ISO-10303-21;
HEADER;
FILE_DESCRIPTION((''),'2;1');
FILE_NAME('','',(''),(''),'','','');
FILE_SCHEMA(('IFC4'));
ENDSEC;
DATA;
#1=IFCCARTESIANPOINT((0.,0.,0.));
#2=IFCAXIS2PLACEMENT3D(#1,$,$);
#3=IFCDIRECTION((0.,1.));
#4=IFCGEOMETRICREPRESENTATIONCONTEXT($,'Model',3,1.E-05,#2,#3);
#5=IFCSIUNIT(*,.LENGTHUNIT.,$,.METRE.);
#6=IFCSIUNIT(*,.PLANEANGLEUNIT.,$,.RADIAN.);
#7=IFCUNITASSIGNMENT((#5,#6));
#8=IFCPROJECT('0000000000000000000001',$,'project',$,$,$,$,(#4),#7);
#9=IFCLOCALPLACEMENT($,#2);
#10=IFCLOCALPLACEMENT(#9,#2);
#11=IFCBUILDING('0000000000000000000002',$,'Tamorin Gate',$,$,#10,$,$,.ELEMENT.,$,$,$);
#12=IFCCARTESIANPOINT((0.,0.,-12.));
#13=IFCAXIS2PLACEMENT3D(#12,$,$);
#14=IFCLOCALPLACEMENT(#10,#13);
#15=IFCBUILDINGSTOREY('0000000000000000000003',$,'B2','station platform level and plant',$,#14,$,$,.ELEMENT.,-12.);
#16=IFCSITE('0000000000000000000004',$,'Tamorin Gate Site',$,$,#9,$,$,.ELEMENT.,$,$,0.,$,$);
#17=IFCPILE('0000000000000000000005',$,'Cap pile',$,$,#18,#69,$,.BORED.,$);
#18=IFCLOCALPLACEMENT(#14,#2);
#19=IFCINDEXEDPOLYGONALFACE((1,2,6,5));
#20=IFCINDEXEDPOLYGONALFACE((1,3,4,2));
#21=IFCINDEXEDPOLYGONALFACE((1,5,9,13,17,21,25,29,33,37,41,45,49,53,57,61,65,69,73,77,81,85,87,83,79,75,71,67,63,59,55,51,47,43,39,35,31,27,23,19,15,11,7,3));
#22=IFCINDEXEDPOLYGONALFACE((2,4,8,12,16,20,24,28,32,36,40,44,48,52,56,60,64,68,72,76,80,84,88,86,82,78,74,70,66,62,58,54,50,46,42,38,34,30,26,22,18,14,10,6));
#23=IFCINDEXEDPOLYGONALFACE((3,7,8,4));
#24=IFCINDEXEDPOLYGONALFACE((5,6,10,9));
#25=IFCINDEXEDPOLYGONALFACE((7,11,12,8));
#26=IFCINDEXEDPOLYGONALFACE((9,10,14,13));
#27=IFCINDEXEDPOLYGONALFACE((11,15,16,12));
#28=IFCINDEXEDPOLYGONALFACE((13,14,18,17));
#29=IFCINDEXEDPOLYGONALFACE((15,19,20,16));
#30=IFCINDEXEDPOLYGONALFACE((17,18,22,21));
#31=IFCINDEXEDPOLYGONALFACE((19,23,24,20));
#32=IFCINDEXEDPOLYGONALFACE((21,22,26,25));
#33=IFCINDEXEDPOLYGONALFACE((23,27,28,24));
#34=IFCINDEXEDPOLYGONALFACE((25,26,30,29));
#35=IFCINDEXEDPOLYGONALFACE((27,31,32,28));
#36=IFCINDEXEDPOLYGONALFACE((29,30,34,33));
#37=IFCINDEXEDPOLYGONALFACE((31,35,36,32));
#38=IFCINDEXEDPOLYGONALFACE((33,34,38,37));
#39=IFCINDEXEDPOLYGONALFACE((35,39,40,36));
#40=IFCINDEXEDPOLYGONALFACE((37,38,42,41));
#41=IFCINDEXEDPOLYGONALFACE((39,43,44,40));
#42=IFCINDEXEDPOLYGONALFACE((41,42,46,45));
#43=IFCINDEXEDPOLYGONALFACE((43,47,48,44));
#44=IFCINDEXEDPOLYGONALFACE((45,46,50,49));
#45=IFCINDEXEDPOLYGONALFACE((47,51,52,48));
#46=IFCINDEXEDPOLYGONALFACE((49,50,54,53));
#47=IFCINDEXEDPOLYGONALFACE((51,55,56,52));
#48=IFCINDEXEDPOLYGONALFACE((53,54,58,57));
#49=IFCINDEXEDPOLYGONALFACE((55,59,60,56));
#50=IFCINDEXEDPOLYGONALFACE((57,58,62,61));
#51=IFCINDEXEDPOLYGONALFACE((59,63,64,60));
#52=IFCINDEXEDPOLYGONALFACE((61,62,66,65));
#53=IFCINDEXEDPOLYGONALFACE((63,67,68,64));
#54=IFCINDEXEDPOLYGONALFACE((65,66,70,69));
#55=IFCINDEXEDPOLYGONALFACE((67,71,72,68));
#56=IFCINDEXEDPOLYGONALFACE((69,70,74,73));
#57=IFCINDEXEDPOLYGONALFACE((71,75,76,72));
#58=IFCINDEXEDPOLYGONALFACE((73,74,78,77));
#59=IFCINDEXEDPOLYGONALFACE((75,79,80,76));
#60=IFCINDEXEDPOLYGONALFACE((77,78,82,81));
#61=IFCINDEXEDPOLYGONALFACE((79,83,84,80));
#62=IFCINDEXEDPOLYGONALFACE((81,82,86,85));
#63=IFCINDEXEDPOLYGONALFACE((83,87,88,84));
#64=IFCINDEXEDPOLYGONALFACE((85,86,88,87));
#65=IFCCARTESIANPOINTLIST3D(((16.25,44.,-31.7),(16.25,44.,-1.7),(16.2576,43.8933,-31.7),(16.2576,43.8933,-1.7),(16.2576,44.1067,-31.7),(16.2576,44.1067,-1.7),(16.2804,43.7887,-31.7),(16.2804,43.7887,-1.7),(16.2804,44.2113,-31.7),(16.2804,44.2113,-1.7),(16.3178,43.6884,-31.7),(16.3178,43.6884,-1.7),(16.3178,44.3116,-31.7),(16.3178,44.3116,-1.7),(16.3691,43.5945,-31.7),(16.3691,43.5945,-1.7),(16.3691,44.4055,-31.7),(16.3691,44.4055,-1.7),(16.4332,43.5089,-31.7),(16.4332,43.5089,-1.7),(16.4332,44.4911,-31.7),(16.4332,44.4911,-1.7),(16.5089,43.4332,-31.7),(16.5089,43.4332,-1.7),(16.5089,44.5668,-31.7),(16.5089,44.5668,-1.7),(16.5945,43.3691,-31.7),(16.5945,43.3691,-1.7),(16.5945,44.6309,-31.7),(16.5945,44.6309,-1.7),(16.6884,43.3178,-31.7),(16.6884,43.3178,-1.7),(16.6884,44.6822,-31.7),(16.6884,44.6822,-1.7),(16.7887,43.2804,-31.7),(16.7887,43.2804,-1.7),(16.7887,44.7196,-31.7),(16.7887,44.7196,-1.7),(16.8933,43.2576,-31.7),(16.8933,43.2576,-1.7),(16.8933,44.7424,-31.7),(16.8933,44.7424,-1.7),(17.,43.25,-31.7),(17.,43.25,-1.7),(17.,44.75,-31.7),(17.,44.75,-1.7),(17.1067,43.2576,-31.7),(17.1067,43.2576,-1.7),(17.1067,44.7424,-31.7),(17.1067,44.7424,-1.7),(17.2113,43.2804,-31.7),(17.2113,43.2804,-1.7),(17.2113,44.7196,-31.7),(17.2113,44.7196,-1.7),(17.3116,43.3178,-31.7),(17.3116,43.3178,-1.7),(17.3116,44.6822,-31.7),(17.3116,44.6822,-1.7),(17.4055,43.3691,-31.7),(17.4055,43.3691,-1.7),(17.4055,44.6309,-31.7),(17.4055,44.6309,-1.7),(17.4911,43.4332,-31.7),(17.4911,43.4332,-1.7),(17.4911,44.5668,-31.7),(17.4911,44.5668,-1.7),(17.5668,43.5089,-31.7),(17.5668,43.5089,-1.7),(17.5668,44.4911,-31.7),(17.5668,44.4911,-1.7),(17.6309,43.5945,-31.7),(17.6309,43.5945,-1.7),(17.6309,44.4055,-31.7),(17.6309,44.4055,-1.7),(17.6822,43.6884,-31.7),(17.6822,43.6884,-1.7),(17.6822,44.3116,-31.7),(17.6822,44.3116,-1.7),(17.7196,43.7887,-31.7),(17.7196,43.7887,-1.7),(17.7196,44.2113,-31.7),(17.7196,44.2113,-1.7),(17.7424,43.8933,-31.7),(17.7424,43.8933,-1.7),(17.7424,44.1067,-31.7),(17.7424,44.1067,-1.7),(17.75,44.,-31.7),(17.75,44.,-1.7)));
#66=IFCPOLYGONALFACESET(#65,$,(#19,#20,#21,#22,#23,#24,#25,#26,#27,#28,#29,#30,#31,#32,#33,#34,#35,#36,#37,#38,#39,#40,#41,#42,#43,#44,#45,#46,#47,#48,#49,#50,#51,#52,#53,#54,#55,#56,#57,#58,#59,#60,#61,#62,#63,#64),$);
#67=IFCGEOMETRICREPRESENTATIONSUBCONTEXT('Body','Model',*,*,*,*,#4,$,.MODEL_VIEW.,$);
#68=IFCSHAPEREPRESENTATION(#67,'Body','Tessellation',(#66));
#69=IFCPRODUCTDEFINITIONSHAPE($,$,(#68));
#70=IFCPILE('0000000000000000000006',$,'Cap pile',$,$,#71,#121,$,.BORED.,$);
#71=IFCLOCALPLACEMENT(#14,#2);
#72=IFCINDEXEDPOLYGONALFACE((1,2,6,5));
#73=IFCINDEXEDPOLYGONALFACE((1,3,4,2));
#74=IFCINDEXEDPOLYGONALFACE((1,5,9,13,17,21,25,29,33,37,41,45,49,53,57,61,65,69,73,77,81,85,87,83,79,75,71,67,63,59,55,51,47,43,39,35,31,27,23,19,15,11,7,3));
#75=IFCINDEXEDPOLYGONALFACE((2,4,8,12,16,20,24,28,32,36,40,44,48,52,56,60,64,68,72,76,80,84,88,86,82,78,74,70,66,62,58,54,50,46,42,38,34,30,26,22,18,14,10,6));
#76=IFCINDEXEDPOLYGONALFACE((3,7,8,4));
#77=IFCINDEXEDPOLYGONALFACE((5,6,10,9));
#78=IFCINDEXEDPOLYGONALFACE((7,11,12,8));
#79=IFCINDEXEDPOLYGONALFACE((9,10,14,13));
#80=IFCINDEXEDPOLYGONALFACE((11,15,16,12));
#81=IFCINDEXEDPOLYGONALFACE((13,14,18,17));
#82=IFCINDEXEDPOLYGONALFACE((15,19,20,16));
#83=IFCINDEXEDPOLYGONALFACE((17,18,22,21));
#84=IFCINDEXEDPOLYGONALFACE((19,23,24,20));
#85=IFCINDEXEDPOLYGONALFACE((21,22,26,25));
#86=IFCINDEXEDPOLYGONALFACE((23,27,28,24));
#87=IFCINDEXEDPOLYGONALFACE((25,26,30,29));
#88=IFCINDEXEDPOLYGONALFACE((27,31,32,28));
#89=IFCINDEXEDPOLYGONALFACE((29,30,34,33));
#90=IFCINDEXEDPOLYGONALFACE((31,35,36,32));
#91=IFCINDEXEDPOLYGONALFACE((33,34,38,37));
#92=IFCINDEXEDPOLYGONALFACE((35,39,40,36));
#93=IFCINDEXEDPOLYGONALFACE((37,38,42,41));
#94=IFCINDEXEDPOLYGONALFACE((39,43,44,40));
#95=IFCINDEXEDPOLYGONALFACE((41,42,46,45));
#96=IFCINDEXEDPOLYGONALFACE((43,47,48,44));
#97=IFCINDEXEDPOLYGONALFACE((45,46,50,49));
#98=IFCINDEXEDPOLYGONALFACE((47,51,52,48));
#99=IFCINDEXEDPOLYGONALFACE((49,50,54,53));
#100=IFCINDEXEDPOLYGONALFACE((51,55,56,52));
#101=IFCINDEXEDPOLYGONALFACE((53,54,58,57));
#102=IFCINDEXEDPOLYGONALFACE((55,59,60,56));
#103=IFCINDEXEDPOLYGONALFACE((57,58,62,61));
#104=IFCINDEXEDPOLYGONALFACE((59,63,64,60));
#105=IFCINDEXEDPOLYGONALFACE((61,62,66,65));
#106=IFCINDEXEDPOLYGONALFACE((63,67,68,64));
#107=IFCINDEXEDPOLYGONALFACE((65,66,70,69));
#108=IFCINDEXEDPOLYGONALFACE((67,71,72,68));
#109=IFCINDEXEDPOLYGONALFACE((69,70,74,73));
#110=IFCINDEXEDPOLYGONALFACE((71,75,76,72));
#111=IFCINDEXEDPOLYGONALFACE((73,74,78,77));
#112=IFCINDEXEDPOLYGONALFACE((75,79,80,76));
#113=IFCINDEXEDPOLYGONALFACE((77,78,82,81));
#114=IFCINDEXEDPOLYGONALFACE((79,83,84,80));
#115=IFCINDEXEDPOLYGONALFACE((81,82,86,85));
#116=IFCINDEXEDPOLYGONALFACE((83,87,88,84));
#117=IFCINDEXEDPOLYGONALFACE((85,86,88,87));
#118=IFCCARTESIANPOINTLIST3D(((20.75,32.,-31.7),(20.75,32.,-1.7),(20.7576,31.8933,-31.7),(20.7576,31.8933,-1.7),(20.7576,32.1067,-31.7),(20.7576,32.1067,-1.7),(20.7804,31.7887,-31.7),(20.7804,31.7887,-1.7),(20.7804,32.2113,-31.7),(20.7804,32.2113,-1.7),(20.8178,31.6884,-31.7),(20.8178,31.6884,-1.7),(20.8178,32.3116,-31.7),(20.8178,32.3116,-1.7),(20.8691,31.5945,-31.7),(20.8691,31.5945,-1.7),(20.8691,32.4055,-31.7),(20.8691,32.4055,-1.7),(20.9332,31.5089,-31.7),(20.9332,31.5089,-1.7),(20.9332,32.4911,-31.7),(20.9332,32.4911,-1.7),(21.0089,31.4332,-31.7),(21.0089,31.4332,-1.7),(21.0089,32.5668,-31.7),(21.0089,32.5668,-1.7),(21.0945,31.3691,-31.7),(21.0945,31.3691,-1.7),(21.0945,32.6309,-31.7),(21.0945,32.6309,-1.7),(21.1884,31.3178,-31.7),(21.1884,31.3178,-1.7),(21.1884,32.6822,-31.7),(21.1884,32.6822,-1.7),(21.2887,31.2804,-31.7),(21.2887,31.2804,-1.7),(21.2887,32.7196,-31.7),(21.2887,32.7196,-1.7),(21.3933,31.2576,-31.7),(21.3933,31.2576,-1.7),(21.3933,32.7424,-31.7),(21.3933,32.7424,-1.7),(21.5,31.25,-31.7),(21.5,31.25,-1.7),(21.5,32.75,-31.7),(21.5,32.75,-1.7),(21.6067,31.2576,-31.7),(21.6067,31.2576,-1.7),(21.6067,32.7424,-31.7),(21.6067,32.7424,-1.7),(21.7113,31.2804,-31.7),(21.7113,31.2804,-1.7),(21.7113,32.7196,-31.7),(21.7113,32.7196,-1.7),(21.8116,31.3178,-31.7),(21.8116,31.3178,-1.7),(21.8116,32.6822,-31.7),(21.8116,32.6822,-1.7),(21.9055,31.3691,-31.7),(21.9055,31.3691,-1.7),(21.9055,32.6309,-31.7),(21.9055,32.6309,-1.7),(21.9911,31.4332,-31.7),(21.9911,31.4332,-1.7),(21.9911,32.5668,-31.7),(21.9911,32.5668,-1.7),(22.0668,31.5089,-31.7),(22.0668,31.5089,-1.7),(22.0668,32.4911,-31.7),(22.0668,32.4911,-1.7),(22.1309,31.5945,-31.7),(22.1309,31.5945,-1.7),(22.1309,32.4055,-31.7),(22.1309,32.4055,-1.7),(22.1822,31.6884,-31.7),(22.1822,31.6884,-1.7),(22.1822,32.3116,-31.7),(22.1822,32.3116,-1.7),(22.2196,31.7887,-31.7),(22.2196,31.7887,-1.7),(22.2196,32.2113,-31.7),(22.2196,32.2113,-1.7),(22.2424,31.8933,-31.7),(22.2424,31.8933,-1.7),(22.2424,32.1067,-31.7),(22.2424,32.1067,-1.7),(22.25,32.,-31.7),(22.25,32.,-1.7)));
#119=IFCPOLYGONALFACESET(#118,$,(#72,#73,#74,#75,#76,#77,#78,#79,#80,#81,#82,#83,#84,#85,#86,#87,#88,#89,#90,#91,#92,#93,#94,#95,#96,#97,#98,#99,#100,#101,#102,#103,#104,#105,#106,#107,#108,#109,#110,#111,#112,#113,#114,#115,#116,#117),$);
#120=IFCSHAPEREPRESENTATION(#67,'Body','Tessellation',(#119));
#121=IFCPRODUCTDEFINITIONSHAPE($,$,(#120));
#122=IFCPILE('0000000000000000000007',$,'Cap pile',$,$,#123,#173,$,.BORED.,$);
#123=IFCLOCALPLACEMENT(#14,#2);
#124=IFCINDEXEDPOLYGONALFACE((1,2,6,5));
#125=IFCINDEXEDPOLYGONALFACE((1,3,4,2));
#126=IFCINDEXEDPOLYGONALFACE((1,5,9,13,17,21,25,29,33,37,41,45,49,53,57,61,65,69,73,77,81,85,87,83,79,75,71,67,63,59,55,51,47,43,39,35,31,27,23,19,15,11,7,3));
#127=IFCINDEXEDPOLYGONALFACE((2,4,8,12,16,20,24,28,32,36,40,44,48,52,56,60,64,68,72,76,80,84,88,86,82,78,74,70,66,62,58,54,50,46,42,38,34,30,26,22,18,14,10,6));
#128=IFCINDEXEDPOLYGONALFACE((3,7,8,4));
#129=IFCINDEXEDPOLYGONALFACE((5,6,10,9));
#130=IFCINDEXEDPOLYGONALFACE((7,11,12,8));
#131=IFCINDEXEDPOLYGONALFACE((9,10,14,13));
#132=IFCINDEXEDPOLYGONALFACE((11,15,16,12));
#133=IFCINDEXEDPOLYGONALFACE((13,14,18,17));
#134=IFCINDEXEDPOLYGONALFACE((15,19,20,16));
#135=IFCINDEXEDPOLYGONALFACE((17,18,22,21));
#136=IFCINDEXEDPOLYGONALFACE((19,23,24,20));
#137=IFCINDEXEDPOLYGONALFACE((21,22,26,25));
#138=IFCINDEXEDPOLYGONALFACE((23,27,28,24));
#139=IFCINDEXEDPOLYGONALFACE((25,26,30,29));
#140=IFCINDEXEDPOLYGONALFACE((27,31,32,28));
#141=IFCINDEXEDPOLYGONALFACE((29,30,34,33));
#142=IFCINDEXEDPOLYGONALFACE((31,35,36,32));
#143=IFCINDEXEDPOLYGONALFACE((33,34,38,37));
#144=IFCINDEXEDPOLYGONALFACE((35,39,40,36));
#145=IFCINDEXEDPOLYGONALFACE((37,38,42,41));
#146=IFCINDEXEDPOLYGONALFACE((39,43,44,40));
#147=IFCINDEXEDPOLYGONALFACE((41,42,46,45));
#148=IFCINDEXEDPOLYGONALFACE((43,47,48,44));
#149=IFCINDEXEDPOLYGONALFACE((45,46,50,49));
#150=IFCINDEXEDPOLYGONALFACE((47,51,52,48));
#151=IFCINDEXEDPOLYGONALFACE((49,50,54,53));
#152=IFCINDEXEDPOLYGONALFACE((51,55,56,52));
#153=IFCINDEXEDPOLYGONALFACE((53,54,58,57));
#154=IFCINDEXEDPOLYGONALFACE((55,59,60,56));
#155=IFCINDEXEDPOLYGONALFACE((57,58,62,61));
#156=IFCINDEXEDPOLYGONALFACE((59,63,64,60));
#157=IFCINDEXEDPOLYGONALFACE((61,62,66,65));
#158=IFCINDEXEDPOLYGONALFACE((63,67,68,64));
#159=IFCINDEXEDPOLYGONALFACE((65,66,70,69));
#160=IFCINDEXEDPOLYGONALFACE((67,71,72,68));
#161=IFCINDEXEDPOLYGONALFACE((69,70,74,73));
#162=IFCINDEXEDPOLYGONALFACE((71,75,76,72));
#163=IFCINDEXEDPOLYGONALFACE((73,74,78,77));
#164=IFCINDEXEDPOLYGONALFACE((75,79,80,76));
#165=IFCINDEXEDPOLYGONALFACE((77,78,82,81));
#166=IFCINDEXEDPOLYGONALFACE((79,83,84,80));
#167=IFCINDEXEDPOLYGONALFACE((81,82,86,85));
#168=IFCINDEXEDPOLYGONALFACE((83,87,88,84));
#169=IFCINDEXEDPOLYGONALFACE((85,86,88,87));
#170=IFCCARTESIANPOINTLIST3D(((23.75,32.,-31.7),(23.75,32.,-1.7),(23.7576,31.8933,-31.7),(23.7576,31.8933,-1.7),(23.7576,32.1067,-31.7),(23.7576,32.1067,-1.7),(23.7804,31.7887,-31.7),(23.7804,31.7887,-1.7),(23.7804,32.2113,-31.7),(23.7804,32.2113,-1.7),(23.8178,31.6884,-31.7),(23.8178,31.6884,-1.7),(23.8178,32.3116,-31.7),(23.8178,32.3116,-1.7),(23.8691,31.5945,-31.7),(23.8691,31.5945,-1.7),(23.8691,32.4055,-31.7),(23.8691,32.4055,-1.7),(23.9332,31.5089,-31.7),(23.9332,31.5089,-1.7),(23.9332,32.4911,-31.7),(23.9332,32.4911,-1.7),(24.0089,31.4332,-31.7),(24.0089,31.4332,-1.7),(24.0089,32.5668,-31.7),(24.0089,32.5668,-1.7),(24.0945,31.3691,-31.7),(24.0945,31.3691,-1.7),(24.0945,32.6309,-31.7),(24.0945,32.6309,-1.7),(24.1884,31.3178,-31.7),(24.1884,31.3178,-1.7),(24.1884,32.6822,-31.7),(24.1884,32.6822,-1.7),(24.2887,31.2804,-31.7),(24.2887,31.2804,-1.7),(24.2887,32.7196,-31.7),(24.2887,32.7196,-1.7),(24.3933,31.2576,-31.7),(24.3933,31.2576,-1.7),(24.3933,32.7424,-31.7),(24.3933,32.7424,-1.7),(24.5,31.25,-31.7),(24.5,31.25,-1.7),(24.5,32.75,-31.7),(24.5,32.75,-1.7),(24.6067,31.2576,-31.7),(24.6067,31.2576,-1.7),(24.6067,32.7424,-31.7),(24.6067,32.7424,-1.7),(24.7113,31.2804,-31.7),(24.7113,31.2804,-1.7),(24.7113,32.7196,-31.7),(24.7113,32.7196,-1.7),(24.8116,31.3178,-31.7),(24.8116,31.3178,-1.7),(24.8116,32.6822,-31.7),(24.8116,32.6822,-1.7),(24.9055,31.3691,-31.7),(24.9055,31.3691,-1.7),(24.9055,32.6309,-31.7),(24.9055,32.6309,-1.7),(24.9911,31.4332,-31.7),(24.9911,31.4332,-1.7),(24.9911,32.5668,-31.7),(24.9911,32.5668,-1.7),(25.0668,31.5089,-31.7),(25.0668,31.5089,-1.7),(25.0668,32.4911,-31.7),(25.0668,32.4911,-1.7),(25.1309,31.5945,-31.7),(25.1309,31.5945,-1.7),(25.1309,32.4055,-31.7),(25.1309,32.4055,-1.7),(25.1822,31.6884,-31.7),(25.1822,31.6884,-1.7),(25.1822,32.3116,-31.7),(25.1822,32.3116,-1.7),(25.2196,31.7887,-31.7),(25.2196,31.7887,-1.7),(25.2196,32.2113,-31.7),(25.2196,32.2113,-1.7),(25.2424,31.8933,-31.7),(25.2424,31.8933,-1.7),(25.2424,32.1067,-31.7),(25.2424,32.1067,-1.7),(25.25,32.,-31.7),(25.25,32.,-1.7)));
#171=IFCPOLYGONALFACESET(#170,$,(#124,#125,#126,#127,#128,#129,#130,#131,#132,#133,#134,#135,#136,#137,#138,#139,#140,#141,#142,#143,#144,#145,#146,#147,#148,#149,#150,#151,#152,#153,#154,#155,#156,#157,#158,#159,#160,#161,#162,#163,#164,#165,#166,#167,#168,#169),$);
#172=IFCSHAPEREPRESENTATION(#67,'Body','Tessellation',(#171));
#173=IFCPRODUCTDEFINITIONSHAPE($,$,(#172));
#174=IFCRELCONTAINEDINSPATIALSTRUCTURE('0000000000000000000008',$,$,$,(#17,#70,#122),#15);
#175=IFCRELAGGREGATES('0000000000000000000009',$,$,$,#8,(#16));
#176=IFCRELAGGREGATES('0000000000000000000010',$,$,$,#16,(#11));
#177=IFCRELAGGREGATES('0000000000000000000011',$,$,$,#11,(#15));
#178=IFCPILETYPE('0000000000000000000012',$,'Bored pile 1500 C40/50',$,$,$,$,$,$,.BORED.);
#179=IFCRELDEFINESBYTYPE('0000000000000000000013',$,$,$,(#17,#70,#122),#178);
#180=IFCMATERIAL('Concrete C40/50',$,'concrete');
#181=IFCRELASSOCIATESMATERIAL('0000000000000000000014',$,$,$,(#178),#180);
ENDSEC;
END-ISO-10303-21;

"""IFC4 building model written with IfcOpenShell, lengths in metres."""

from ifc_helpers import new_model, si_unit, direction, frame, origin, origin_2d, place, context, subcontext, project, spatial, circle, extrude, material, material_profile, profile_set, type_object, element, save


model = new_model("IFC4")

# Units and contexts
model_context = context("Model", 3, precision=1e-05, world=origin(), true_north=direction((0.0, 1.0)))
body_context = subcontext(model_context, "Body", "Model", "MODEL_VIEW")
ifc_project = project(units=[si_unit("LENGTHUNIT", "METRE"), si_unit("PLANEANGLEUNIT", "RADIAN")], contexts=[model_context])

# Site, building, storey
site_placement = place(None, origin())
site = spatial("IfcSite", under=ifc_project, at=site_placement, Name="Tamorin Gate Site", CompositionType="ELEMENT", RefElevation=0.0)
building_placement = place(site_placement, origin())
building = spatial("IfcBuilding", under=site, at=building_placement, Name="Tamorin Gate", CompositionType="ELEMENT")
storey_placement = place(building_placement, frame((0.0, 0.0, -12.0)))
storey = spatial("IfcBuildingStorey", under=building, at=storey_placement, Name="B2", Description="station platform level and plant", CompositionType="ELEMENT", Elevation=-12.0)

# Piles
ifc_material_1 = material(Name="Concrete C40/50", Category="concrete")
ifc_material_profile_1 = material_profile(ifc_material_1, circle(Radius=0.75, at=origin_2d()))
ifc_profile_set_1 = profile_set([ifc_material_profile_1], Name="Concrete C40/50")
pile_type = type_object("IfcPileType", Name="Bored pile 1500 C40/50", PredefinedType="BORED", material=ifc_profile_set_1)
for number, where, z_axis, x_axis, name in (
    (1, (17.0, 44.0, -1.7), (0.0, 0.0, -1.0), (1.0, 0.0, 0.0), "Cap pile"),
    (2, (21.5, 32.0, -1.7), (0.0, 0.0, -1.0), (1.0, 0.0, 0.0), "Cap pile"),
    (3, (24.5, 32.0, -1.7), (0.0, 0.0, -1.0), (1.0, 0.0, 0.0), "Cap pile"),
):
    element("IfcPile", number, at=place(storey_placement, frame(where, z_axis=z_axis, x_axis=x_axis)), inside=storey, type_object=pile_type, Name=name, PredefinedType="BORED", context=body_context, shape_type="SweptSolid", body=[
        extrude(circle(Radius=0.75, at=origin_2d()), origin(), (0.0, 0.0, 1.0), 30.0),
    ])

save(model, "model.ifc")
